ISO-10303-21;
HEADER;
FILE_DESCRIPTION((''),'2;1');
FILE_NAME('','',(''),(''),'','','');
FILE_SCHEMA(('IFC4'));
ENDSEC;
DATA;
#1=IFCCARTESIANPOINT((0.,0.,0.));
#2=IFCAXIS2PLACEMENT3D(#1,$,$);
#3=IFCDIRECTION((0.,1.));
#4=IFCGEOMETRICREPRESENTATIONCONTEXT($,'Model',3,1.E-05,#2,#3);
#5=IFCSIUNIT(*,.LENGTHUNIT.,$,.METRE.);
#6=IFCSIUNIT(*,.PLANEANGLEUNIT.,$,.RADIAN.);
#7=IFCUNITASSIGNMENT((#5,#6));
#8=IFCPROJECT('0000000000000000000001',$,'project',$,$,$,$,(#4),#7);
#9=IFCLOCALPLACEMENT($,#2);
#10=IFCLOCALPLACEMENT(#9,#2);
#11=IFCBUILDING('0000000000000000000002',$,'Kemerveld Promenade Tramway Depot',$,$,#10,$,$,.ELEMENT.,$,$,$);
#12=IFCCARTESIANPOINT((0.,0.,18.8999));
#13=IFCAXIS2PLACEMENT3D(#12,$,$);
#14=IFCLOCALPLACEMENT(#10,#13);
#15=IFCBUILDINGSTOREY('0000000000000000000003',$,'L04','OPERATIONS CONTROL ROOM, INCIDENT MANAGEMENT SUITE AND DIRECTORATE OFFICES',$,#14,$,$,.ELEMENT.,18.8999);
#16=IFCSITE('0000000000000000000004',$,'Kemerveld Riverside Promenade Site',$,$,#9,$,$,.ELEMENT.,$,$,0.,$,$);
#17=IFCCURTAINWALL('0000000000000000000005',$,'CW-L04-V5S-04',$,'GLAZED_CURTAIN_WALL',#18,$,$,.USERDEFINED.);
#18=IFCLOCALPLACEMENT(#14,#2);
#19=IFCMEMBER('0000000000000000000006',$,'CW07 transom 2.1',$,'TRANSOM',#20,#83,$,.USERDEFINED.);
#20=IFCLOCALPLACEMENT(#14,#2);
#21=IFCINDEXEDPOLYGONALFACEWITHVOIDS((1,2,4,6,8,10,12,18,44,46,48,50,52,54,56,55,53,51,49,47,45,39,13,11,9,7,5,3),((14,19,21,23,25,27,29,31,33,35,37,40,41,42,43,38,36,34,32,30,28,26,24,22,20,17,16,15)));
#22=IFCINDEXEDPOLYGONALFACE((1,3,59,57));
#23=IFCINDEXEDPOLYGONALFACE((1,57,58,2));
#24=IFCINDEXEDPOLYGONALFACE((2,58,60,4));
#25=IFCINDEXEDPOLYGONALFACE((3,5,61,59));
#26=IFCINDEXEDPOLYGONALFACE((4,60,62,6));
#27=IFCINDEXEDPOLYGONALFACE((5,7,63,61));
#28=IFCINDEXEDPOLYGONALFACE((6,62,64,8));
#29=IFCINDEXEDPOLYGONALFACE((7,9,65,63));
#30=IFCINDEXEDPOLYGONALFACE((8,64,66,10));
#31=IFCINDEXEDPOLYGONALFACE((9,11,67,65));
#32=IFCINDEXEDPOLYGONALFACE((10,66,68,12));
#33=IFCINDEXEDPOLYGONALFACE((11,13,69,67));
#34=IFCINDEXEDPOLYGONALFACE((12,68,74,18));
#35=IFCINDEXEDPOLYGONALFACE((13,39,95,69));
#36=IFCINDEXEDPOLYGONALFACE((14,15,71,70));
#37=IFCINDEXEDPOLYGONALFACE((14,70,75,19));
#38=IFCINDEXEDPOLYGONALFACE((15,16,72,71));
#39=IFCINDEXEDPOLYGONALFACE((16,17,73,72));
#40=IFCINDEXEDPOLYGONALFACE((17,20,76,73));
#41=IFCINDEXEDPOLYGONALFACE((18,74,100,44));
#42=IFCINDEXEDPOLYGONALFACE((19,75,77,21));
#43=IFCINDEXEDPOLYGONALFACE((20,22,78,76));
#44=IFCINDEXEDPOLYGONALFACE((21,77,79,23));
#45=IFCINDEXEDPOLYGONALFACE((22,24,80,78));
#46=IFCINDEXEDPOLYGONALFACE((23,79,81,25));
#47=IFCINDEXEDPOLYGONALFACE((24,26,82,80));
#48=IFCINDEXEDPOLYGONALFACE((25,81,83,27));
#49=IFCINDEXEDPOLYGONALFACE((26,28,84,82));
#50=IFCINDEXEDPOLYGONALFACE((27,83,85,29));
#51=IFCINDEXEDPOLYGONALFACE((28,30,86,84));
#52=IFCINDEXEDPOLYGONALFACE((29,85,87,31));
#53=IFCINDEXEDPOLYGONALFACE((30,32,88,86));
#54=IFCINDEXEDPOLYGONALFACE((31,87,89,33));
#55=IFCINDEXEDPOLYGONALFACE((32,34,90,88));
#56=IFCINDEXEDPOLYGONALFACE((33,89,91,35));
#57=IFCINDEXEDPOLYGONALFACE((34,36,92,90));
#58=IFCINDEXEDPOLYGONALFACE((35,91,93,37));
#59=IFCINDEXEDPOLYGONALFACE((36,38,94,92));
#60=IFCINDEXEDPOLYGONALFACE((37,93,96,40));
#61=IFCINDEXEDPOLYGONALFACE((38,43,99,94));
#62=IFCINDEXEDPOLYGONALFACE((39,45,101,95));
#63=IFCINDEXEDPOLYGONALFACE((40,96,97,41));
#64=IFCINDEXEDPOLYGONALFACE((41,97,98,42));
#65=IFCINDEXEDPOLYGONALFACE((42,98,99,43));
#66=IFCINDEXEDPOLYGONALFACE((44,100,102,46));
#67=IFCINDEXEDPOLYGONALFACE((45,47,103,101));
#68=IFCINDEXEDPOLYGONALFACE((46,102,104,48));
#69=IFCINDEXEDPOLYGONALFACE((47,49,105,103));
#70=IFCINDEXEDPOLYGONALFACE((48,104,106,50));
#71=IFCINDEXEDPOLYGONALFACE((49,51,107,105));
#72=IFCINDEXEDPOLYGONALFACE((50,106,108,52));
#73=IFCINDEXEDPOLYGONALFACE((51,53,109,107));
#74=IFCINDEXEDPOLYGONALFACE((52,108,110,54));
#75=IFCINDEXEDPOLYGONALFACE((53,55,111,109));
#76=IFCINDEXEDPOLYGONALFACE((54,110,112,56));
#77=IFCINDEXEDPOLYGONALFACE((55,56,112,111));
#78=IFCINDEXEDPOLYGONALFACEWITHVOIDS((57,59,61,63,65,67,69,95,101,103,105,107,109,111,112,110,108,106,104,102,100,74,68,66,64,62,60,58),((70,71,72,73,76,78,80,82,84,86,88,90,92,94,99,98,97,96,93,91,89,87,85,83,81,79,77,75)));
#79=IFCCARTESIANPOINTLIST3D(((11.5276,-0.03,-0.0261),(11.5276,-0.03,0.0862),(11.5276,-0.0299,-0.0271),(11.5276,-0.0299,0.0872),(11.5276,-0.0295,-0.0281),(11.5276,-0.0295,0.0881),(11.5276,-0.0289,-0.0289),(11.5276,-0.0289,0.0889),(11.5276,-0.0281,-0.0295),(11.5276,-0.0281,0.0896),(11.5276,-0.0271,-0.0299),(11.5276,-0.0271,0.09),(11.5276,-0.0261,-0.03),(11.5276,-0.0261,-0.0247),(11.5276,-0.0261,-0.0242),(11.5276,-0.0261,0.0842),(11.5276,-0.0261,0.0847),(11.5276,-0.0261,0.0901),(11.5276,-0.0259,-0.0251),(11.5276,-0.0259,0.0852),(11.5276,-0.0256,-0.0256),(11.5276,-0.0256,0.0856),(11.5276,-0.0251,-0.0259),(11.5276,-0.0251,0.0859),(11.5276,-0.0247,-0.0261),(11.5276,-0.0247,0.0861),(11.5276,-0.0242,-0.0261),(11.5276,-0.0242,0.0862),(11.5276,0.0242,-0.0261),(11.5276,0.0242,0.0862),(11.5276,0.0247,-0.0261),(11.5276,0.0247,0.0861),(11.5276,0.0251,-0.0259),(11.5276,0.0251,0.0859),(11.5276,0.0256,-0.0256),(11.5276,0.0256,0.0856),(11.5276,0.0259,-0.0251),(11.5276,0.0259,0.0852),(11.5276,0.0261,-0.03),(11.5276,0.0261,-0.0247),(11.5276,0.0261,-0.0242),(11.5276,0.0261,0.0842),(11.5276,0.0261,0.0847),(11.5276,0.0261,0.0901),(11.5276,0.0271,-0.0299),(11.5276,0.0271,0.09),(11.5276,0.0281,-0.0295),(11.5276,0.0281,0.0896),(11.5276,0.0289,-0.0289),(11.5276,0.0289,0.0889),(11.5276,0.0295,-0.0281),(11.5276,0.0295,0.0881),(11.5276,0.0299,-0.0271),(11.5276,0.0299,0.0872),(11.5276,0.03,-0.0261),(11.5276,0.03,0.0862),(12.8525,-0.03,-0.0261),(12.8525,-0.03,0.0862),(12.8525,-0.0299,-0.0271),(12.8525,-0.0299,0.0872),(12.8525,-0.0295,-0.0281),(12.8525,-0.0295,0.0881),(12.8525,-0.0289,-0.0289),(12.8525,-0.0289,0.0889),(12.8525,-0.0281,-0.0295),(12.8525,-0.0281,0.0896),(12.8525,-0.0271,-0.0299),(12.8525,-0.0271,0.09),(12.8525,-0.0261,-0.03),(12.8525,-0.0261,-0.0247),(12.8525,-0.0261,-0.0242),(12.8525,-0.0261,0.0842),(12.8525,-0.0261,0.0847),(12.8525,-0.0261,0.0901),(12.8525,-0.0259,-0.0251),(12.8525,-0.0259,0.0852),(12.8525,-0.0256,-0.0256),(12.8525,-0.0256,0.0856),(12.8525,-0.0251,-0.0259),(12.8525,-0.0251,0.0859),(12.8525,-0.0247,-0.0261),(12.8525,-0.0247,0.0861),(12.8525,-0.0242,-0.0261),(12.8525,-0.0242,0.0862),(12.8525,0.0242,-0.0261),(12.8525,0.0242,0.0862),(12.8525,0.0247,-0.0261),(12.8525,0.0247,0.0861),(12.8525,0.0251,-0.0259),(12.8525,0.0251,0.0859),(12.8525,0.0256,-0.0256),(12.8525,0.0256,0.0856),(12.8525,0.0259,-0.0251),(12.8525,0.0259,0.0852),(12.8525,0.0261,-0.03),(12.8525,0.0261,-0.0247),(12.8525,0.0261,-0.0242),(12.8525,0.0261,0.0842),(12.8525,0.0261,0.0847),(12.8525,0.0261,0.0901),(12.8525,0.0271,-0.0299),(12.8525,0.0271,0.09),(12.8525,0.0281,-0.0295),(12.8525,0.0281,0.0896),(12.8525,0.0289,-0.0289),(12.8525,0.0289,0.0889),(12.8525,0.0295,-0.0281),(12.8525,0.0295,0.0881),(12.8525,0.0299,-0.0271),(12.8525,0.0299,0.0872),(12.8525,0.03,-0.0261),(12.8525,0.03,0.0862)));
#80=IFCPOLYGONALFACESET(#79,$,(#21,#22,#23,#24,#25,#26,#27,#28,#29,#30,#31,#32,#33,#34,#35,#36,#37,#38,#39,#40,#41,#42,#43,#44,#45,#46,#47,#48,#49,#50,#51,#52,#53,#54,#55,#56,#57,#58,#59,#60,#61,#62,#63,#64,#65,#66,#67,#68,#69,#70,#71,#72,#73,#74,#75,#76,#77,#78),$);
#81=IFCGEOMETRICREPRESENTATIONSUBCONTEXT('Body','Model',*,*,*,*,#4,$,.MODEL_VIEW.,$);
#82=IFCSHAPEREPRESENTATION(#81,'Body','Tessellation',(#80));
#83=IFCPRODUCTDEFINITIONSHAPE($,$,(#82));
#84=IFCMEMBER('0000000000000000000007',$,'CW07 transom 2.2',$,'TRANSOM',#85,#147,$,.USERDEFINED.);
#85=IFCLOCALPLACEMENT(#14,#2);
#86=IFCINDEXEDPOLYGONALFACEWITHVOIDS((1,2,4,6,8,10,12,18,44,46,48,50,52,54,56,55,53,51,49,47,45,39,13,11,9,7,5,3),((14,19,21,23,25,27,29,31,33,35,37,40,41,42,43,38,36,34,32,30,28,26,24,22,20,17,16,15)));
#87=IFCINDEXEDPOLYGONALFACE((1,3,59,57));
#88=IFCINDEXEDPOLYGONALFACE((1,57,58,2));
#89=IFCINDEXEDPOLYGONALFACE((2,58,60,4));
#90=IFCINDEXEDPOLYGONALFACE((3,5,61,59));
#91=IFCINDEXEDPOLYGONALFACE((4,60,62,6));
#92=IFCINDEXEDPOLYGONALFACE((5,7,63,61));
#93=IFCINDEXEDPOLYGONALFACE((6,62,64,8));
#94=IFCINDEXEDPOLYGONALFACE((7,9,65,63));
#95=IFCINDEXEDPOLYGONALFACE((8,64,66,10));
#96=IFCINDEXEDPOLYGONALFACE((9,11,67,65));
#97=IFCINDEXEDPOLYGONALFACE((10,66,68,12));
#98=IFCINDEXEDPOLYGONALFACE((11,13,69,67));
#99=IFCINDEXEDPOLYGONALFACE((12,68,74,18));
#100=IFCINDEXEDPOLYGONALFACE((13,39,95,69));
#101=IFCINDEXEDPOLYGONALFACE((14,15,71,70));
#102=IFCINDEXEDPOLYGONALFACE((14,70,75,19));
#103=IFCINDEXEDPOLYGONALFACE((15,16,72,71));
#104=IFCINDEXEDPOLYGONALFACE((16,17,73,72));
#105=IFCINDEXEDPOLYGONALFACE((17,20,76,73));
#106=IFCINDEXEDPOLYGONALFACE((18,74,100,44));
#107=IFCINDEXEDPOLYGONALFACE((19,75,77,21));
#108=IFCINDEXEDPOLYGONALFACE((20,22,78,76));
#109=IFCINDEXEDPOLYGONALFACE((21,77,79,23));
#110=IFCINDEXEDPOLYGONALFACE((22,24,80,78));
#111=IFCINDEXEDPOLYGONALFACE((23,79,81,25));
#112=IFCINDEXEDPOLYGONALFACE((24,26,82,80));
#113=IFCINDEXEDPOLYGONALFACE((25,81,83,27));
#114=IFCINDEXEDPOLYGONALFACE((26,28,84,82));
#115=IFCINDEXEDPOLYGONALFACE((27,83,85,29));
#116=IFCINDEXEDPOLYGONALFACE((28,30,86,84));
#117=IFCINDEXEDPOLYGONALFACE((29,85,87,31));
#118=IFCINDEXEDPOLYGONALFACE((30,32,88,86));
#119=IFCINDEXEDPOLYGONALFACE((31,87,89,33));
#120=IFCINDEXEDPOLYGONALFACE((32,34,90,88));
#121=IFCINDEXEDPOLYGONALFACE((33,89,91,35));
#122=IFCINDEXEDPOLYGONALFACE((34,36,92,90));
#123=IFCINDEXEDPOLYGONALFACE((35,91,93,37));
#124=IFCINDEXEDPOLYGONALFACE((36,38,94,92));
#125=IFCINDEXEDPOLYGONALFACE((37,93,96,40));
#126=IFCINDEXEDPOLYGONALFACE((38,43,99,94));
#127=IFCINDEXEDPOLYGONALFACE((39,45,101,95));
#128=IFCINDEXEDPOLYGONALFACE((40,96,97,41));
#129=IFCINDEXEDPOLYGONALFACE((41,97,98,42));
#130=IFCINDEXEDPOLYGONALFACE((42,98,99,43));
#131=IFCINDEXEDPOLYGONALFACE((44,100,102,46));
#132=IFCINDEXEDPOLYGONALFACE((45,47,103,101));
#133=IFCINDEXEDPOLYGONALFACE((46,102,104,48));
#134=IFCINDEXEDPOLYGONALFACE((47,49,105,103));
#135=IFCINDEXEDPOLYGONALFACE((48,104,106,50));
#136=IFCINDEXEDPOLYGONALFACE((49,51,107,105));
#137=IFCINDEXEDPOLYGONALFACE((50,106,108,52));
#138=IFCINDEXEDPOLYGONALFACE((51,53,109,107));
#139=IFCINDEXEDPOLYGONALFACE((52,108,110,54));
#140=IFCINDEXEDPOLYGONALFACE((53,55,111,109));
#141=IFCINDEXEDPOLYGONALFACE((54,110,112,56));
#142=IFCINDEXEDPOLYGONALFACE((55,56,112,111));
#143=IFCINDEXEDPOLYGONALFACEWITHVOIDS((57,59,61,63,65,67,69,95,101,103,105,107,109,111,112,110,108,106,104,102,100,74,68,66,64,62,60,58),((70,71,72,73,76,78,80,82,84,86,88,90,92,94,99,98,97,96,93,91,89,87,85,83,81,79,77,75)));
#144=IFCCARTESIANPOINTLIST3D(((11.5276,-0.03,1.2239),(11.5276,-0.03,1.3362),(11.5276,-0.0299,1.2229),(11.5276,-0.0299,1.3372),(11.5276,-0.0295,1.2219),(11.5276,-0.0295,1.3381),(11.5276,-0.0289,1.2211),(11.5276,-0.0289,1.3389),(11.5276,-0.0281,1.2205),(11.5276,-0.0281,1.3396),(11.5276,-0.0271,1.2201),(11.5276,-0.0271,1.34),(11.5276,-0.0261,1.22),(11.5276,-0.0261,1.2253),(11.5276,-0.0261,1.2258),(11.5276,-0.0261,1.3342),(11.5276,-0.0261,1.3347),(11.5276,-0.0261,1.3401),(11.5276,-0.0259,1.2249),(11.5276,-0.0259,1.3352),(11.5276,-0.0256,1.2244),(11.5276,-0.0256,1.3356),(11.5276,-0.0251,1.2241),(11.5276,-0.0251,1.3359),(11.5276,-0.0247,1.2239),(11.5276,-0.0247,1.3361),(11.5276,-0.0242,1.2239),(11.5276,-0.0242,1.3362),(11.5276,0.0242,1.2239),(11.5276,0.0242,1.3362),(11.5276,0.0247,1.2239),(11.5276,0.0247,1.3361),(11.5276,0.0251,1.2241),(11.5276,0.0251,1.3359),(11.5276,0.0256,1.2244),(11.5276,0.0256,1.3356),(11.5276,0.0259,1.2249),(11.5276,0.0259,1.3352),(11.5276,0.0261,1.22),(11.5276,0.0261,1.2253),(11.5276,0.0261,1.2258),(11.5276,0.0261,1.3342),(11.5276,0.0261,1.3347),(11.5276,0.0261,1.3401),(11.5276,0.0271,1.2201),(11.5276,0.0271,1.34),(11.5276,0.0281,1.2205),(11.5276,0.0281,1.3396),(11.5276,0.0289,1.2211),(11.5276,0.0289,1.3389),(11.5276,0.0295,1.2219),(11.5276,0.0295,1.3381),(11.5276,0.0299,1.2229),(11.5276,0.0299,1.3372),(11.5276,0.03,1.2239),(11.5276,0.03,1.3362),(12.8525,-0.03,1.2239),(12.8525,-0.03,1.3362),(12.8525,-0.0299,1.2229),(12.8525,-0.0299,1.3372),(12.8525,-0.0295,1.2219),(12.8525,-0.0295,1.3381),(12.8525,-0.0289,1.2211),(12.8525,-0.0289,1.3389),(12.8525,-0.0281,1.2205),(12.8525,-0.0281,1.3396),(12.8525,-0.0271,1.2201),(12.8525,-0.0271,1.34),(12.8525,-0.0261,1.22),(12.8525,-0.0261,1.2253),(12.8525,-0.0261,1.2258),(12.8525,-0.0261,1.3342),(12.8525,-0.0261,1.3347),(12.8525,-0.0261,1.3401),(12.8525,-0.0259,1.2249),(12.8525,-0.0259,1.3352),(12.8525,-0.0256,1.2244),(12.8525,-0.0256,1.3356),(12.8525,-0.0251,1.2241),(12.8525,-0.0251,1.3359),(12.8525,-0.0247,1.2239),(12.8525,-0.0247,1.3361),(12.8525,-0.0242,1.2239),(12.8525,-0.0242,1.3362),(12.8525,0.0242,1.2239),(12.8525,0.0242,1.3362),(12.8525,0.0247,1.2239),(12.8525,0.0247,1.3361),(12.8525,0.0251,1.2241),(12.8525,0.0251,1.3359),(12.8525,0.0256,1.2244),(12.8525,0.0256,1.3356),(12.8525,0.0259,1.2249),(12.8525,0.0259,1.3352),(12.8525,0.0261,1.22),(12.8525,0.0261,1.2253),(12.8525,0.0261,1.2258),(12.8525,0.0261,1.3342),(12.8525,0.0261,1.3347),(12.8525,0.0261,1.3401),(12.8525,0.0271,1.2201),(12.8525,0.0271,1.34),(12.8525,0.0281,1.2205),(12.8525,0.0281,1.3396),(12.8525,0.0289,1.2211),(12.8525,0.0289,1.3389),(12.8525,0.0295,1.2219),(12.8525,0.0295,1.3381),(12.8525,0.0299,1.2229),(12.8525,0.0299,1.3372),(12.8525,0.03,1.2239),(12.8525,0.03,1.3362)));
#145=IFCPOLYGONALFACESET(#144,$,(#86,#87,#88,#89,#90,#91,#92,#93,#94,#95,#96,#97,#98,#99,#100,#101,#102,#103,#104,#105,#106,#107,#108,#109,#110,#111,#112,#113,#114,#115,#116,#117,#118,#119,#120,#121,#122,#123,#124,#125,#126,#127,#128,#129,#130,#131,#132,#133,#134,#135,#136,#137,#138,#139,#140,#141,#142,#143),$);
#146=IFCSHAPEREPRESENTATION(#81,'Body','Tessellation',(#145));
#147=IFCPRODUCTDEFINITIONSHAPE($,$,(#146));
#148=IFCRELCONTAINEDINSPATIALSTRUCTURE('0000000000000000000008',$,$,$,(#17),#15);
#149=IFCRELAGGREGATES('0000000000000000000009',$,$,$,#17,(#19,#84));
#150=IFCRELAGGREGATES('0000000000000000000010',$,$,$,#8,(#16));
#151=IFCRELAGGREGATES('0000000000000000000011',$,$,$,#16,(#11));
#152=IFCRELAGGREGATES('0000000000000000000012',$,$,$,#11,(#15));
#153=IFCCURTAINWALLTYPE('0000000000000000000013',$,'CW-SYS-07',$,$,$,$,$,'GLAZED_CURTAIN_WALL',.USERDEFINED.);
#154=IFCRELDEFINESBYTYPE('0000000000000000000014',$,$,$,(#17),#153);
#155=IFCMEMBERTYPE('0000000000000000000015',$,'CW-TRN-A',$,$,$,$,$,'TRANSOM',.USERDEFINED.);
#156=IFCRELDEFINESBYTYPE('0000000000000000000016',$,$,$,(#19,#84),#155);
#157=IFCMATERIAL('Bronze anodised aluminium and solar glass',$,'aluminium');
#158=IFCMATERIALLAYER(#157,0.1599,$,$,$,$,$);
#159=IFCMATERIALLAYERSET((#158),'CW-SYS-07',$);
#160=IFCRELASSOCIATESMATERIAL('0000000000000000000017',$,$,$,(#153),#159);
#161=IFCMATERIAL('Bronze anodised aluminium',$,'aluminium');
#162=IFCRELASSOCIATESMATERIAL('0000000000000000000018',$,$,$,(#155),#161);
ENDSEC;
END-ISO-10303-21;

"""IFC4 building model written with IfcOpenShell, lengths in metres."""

from ifc_helpers import new_model, si_unit, direction, frame, origin, origin_2d, place, context, subcontext, project, spatial, hollow_rectangle, extrude, material, layer, layer_set, material_profile, profile_set, type_object, element, aggregate, save


model = new_model("IFC4")

# Units and contexts
model_context = context("Model", 3, precision=1e-05, world=origin(), true_north=direction((0.0, 1.0)))
body_context = subcontext(model_context, "Body", "Model", "MODEL_VIEW")
ifc_project = project(units=[si_unit("LENGTHUNIT", "METRE"), si_unit("PLANEANGLEUNIT", "RADIAN")], contexts=[model_context])

# Site, building, storey
site_placement = place(None, origin())
site = spatial("IfcSite", under=ifc_project, at=site_placement, Name="Kemerveld Riverside Promenade Site", CompositionType="ELEMENT", RefElevation=0.0)
building_placement = place(site_placement, origin())
building = spatial("IfcBuilding", under=site, at=building_placement, Name="Kemerveld Promenade Tramway Depot", CompositionType="ELEMENT")
storey_placement = place(building_placement, frame((0.0, 0.0, 18.8999)))
storey = spatial("IfcBuildingStorey", under=building, at=storey_placement, Name="L04", Description="OPERATIONS CONTROL ROOM, INCIDENT MANAGEMENT SUITE AND DIRECTORATE OFFICES", CompositionType="ELEMENT", Elevation=18.8999)

# Curtain wall, members
ifc_material_1 = material(Name="Bronze anodised aluminium and solar glass", Category="aluminium")
ifc_layer_1 = layer(ifc_material_1, 0.1599)
ifc_layer_set_1 = layer_set([ifc_layer_1], Name="CW-SYS-07")
curtain_wall_type = type_object("IfcCurtainWallType", Name="CW-SYS-07", ElementType="GLAZED_CURTAIN_WALL", PredefinedType="USERDEFINED", material=ifc_layer_set_1)
curtain_wall_placement = place(storey_placement, origin())
curtain_wall = element("IfcCurtainWall", 1, at=curtain_wall_placement, inside=storey, type_object=curtain_wall_type, Name="CW-L04-V5S-04", ObjectType="GLAZED_CURTAIN_WALL", PredefinedType="USERDEFINED")
ifc_material_2 = material(Name="Bronze anodised aluminium", Category="aluminium")
ifc_material_profile_1 = material_profile(ifc_material_2, hollow_rectangle(XDim=0.0601, YDim=0.1201, WallThickness=0.0039, InnerFilletRadius=0.002, OuterFilletRadius=0.0039, at=origin_2d()), Name="CW-TRN-120x60")
ifc_profile_set_1 = profile_set([ifc_material_profile_1], Name="Bronze anodised aluminium")
member_type_1 = type_object("IfcMemberType", Name="CW-TRN-A", ElementType="TRANSOM", PredefinedType="USERDEFINED", material=ifc_profile_set_1)
member_1_placement = place(storey_placement, frame((12.8525, 0.0, 0.03), z_axis=(-1.0, 0.0, 0.0), x_axis=(0.0, -1.0, 0.0)))
member_1 = element("IfcMember", 2, at=member_1_placement, type_object=member_type_1, Name="CW07 transom 2.1", ObjectType="TRANSOM", PredefinedType="USERDEFINED", context=body_context, shape_type="SweptSolid", body=[
    extrude(hollow_rectangle(XDim=0.0601, YDim=0.1201, WallThickness=0.0039, InnerFilletRadius=0.002, OuterFilletRadius=0.0039, at=origin_2d()), origin(), (0.0, 0.0, 1.0), 1.325),
])
member_2_placement = place(storey_placement, frame((12.8525, 0.0, 1.28), z_axis=(-1.0, 0.0, 0.0), x_axis=(0.0, -1.0, 0.0)))
member_2 = element("IfcMember", 3, at=member_2_placement, type_object=member_type_1, Name="CW07 transom 2.2", ObjectType="TRANSOM", PredefinedType="USERDEFINED", context=body_context, shape_type="SweptSolid", body=[
    extrude(hollow_rectangle(XDim=0.0601, YDim=0.1201, WallThickness=0.0039, InnerFilletRadius=0.002, OuterFilletRadius=0.0039, at=origin_2d()), origin(), (0.0, 0.0, 1.0), 1.325),
])

aggregate(curtain_wall, [member_1, member_2])

save(model, "model.ifc")
